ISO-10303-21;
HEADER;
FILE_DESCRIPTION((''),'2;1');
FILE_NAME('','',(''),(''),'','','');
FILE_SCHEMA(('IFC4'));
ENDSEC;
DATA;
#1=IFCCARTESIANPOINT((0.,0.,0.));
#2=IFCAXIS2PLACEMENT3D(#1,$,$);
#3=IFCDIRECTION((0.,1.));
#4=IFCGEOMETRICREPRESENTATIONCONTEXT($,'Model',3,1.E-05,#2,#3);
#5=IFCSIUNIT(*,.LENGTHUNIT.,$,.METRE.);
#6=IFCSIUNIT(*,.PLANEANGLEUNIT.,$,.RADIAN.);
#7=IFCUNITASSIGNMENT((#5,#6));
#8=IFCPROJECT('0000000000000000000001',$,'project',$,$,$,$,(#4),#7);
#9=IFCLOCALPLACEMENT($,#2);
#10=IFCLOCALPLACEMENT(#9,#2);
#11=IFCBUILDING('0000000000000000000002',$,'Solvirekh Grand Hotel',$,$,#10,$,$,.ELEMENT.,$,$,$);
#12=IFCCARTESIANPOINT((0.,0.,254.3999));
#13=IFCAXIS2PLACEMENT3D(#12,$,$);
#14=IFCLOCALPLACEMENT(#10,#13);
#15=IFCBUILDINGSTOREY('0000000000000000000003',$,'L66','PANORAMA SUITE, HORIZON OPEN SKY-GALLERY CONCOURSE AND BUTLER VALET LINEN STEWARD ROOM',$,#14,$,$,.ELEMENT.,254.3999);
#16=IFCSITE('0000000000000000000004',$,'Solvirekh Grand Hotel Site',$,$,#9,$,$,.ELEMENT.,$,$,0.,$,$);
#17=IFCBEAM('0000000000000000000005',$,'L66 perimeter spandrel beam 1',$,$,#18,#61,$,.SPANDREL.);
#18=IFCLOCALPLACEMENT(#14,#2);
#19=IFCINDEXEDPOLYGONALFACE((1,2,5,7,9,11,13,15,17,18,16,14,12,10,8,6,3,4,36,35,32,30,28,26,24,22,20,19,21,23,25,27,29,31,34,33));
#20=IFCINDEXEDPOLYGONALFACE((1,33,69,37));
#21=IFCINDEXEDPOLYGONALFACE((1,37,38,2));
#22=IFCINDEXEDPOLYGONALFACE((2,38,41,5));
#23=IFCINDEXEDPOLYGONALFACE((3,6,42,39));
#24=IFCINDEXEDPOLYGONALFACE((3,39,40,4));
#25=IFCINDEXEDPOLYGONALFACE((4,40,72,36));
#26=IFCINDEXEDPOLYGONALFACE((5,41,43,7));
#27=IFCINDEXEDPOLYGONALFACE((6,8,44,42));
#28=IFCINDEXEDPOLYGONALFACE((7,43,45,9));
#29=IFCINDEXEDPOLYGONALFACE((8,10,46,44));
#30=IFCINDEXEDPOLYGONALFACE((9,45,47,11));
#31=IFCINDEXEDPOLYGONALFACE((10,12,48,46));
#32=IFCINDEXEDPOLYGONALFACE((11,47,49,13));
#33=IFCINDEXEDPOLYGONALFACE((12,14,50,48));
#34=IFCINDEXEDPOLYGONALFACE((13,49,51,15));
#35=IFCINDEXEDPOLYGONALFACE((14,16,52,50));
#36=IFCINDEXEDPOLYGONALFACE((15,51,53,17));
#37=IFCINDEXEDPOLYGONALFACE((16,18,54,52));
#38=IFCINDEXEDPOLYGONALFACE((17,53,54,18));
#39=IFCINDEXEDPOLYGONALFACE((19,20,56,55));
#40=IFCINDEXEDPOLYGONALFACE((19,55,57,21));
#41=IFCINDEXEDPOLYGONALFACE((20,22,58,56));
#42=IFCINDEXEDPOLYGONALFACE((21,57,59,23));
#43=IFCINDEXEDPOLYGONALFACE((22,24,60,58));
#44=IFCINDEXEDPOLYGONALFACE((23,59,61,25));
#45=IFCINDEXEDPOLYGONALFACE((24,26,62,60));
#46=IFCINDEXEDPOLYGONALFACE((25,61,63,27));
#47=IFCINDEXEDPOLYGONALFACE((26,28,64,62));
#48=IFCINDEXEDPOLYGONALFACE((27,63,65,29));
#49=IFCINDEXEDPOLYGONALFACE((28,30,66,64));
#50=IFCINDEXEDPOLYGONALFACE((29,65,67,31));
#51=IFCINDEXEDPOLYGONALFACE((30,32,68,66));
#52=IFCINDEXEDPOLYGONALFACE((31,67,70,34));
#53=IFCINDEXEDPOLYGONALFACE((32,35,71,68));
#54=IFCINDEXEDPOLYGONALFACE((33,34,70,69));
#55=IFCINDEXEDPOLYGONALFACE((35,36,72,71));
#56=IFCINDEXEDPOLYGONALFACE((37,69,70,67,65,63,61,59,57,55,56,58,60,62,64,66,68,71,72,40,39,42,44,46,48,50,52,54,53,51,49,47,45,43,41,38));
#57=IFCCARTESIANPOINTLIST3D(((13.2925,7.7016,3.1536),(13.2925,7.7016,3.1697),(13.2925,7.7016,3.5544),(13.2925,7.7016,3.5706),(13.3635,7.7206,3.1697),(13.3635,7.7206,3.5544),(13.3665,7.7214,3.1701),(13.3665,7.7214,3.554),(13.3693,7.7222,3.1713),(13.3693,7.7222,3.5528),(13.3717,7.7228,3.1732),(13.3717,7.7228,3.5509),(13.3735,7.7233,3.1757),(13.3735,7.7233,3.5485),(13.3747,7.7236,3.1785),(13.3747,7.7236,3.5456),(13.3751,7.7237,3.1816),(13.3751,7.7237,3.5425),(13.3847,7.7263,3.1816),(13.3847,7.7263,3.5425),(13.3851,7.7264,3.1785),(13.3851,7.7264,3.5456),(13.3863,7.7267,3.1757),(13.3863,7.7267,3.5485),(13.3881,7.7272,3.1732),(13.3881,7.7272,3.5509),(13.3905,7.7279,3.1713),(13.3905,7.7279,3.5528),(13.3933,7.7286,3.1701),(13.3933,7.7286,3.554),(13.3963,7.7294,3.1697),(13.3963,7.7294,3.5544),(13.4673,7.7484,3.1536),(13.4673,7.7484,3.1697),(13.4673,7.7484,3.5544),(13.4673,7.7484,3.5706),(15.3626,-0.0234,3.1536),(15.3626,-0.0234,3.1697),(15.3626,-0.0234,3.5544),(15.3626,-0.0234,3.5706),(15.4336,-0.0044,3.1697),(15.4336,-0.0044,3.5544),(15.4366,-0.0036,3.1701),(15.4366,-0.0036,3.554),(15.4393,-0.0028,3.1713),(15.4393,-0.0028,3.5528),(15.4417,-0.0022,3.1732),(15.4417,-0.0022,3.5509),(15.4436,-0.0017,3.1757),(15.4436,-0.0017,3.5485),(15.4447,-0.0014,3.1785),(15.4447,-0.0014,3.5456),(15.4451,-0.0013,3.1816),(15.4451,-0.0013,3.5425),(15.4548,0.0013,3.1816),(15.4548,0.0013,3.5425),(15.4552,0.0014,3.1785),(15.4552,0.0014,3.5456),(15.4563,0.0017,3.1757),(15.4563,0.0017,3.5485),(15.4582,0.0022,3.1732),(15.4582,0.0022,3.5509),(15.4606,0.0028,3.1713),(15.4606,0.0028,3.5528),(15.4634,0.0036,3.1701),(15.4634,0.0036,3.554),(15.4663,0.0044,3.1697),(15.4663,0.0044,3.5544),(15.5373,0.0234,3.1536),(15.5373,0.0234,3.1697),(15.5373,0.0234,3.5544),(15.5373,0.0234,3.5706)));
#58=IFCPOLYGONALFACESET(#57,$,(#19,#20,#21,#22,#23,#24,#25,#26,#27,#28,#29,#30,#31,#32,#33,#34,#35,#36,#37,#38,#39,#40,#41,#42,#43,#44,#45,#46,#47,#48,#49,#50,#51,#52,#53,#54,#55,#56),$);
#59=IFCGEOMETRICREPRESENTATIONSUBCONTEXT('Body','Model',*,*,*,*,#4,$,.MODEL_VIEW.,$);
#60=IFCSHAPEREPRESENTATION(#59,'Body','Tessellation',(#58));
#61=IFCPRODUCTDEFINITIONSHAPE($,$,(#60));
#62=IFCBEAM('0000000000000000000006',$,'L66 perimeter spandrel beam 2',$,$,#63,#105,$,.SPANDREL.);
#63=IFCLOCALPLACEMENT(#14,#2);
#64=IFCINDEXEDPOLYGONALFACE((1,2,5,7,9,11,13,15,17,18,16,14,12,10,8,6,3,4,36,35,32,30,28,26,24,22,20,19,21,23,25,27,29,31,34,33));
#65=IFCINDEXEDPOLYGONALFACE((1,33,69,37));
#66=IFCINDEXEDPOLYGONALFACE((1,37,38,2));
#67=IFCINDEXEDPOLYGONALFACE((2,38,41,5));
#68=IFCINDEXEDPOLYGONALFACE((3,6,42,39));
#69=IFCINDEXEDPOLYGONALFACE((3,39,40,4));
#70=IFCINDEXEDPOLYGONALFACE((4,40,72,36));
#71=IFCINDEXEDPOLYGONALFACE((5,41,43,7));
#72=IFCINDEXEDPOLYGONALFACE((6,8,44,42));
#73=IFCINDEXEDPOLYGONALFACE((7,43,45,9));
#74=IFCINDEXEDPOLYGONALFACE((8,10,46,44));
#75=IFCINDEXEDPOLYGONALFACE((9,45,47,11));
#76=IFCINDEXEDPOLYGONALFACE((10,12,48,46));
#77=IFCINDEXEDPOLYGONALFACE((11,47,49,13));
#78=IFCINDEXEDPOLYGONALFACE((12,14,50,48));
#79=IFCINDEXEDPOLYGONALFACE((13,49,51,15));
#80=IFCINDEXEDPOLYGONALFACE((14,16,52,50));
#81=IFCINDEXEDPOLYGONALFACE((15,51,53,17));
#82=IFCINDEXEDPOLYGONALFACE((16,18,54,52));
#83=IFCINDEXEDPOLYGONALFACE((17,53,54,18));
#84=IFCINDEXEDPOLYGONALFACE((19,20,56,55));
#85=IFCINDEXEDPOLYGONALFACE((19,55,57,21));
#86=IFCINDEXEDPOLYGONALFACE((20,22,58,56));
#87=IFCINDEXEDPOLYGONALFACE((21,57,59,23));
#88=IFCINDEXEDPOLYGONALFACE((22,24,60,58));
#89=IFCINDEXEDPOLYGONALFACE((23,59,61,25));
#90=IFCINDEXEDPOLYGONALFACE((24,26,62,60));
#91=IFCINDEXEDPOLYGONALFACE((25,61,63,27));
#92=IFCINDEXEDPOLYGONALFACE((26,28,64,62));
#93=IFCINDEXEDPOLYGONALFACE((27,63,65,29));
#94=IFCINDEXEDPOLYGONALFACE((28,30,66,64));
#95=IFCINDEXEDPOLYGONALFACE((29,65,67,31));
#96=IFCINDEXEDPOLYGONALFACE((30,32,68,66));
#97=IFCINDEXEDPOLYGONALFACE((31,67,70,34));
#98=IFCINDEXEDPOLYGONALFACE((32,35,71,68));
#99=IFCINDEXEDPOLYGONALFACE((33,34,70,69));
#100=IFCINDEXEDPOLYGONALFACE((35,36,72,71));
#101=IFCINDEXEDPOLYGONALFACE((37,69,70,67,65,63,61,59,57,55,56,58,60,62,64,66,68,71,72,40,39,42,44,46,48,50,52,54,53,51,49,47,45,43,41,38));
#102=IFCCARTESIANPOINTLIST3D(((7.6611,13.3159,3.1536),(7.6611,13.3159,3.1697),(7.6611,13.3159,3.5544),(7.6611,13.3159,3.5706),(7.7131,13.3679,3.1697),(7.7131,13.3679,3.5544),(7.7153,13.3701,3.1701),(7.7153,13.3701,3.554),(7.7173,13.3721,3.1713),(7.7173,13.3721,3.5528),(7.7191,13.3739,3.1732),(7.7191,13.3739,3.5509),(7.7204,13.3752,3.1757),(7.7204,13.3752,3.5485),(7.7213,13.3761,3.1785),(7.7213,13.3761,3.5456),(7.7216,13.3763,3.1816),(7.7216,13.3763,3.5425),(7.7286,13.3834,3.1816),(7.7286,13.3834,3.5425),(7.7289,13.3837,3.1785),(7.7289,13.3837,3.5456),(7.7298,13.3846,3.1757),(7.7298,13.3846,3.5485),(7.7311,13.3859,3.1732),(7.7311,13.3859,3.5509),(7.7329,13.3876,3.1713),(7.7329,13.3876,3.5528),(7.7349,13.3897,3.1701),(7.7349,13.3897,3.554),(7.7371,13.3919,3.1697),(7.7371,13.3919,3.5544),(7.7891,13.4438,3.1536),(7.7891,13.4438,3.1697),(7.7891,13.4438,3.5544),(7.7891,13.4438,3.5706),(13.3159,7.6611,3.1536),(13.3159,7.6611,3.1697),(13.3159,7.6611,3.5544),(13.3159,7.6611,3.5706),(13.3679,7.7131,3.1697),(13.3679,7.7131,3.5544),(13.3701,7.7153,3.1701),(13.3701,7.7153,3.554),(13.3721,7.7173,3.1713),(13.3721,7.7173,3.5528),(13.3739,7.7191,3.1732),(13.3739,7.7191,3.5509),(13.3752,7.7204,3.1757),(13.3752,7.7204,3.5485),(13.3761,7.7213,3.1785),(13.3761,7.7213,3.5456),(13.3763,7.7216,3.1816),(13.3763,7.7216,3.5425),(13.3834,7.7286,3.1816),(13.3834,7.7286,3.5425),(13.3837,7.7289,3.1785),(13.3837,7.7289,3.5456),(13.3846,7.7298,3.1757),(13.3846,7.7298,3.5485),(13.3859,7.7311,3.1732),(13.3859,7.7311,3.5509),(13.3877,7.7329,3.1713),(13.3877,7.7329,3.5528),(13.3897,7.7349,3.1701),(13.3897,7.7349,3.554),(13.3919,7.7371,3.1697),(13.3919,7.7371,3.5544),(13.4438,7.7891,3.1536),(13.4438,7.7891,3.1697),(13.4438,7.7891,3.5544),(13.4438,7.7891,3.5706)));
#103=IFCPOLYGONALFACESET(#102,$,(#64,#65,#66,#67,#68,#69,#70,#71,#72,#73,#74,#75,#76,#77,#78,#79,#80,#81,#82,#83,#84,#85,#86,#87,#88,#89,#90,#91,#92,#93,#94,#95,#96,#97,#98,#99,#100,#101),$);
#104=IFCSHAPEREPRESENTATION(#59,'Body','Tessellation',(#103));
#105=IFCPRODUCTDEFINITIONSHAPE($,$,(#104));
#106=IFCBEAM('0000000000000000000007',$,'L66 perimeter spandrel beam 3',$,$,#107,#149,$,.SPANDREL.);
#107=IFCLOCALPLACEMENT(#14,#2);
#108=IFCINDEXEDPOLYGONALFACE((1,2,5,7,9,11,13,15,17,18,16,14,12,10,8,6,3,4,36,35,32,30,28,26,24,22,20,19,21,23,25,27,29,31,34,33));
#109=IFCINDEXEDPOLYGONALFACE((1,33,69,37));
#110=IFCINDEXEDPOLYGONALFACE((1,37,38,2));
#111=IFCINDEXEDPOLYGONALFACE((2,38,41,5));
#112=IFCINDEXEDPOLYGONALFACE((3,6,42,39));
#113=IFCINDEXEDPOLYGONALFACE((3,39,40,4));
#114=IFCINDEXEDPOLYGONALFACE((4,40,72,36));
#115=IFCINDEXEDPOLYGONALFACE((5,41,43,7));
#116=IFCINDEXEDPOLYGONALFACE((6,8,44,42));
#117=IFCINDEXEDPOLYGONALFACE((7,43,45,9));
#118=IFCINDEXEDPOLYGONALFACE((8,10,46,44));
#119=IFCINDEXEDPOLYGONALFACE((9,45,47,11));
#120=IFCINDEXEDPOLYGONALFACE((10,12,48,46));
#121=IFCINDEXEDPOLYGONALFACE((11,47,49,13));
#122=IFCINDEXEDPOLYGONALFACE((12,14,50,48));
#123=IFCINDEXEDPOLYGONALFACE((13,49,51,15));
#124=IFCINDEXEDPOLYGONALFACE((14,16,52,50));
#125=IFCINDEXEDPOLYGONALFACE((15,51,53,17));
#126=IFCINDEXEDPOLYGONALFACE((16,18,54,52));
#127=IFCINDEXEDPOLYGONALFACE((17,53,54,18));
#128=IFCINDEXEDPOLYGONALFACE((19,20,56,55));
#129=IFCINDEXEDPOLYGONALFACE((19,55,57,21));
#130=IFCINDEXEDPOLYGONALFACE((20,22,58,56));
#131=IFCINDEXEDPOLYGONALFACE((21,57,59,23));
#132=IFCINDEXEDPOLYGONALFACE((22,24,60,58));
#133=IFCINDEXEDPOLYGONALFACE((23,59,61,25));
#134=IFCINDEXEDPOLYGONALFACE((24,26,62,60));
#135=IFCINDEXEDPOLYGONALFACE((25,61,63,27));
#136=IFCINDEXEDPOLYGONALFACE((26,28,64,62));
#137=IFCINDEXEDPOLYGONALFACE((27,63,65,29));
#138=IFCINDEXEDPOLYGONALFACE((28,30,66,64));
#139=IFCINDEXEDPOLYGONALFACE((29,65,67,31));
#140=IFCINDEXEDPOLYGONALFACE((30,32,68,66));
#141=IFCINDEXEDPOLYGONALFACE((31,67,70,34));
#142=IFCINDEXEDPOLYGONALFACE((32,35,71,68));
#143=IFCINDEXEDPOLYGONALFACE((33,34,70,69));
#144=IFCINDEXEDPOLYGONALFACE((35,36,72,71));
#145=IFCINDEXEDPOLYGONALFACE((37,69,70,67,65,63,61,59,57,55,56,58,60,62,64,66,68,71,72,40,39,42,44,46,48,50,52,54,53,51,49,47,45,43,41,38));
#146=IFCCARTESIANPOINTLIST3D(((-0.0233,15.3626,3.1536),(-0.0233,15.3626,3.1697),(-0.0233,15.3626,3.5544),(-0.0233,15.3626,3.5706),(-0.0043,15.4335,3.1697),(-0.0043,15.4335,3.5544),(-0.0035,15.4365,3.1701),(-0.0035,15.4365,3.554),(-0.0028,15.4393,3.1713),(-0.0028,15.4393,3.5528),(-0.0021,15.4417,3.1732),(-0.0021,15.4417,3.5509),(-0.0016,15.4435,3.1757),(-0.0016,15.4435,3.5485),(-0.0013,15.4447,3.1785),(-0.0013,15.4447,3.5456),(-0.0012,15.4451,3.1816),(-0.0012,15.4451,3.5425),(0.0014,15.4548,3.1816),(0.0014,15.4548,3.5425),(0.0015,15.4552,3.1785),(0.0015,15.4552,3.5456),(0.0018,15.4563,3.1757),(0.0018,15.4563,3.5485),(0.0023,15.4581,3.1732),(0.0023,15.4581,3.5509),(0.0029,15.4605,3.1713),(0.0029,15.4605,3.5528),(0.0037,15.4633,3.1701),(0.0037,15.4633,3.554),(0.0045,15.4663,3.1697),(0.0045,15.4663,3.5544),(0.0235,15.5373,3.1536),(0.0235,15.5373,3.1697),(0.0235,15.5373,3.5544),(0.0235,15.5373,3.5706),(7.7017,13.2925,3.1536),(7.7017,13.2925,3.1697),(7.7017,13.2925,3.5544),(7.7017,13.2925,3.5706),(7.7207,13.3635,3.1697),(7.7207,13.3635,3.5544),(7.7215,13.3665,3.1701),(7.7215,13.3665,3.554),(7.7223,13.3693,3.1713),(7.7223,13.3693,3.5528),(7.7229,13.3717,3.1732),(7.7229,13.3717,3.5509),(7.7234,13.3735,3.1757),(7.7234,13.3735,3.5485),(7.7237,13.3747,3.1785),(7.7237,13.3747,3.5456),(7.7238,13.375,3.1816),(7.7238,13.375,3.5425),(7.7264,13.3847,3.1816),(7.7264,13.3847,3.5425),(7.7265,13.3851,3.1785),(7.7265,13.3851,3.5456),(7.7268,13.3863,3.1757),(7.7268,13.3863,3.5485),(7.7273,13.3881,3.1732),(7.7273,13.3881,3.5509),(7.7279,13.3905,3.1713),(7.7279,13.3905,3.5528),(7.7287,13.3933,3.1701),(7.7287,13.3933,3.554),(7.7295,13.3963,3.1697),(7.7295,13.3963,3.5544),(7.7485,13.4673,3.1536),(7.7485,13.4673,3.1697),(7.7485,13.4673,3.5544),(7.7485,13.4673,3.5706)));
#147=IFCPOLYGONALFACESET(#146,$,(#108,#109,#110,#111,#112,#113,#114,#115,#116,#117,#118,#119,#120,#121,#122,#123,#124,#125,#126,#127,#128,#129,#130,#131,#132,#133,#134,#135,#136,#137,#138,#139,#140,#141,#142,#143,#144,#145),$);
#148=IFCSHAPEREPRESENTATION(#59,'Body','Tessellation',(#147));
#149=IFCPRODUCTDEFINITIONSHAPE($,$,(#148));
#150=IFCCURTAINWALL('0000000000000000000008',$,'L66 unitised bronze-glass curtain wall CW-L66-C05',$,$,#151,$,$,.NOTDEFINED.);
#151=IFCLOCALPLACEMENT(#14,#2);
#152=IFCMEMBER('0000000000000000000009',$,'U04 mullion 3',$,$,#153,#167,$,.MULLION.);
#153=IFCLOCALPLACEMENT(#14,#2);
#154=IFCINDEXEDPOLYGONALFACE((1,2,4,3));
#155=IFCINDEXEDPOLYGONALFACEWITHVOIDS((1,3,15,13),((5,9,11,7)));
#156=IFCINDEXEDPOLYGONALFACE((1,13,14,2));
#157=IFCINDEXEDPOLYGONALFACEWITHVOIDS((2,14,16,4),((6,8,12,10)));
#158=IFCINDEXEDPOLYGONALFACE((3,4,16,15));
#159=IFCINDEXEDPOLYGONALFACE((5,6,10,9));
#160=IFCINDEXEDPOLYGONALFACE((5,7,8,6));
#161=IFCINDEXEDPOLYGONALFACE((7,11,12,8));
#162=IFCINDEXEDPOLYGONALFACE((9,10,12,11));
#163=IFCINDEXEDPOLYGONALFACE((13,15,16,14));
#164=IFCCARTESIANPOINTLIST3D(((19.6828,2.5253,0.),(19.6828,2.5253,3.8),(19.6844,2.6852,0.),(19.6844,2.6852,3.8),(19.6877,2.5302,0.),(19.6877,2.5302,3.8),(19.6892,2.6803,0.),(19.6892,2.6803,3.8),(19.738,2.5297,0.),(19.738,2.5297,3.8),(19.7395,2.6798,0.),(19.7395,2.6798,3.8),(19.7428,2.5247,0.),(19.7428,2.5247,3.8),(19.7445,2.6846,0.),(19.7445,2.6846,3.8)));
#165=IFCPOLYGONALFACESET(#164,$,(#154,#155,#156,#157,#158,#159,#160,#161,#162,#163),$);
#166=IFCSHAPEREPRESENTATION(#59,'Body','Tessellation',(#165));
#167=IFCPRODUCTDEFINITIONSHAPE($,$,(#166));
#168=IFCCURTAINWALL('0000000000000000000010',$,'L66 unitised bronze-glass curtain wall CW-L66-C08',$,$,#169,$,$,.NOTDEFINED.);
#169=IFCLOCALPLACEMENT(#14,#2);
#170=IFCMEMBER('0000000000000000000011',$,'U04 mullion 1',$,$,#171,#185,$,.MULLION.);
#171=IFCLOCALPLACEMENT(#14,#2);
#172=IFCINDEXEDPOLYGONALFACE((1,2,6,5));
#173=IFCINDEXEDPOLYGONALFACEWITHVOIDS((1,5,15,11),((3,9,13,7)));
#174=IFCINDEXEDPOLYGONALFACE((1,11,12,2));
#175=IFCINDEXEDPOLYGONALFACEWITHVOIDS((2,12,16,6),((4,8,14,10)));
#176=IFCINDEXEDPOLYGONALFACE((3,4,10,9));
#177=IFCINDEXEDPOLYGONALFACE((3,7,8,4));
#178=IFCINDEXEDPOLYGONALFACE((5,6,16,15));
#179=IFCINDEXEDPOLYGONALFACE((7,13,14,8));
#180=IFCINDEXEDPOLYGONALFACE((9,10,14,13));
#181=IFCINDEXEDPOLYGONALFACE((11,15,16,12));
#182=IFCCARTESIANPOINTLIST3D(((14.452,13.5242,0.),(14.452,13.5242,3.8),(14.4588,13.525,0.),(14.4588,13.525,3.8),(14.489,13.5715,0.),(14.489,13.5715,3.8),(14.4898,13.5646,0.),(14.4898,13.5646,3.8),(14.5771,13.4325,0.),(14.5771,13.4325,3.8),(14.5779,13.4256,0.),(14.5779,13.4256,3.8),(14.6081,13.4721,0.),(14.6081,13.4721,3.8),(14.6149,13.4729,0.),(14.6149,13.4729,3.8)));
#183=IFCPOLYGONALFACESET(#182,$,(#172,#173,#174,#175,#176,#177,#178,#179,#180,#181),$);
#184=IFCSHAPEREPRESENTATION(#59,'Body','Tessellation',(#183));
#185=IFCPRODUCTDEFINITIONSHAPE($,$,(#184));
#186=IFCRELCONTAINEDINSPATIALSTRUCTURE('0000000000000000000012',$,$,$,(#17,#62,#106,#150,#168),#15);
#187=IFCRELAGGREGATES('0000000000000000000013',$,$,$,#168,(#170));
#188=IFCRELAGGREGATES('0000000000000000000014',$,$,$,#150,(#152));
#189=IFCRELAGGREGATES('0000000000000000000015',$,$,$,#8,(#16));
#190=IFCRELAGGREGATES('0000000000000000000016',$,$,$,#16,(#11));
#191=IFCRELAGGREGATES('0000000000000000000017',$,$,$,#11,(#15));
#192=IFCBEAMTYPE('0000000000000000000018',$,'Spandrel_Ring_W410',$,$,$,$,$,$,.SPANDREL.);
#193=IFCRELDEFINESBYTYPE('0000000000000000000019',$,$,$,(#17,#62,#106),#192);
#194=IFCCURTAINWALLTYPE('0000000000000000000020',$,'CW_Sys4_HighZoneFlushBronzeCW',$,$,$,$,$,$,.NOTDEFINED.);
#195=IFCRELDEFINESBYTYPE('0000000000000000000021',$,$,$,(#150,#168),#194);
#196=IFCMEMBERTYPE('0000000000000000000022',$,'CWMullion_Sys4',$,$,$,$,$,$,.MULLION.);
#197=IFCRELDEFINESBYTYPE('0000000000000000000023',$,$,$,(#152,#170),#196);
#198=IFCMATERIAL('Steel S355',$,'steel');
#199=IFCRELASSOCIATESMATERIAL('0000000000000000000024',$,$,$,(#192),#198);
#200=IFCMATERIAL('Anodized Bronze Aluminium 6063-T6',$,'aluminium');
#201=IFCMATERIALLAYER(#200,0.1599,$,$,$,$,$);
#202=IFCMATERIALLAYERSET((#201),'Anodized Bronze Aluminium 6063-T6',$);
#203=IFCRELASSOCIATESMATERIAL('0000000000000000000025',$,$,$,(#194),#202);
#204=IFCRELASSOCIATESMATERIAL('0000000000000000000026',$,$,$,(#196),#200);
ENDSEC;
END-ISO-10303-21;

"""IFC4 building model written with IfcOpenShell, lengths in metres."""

from ifc_helpers import new_model, si_unit, direction, frame, origin, origin_2d, place, context, subcontext, project, spatial, hollow_rectangle, i_section, extrude, source, transform, mapped, material, layer, layer_set, material_profile, profile_set, type_object, element, aggregate, save


model = new_model("IFC4")

# Units and contexts
model_context = context("Model", 3, precision=1e-05, world=origin(), true_north=direction((0.0, 1.0)))
body_context = subcontext(model_context, "Body", "Model", "MODEL_VIEW")
ifc_project = project(units=[si_unit("LENGTHUNIT", "METRE"), si_unit("PLANEANGLEUNIT", "RADIAN")], contexts=[model_context])

# Site, building, storey
site_placement = place(None, origin())
site = spatial("IfcSite", under=ifc_project, at=site_placement, Name="Solvirekh Grand Hotel Site", CompositionType="ELEMENT", RefElevation=0.0)
building_placement = place(site_placement, origin())
building = spatial("IfcBuilding", under=site, at=building_placement, Name="Solvirekh Grand Hotel", CompositionType="ELEMENT")
storey_placement = place(building_placement, frame((0.0, 0.0, 254.3999)))
storey = spatial("IfcBuildingStorey", under=building, at=storey_placement, Name="L66", Description="PANORAMA SUITE, HORIZON OPEN SKY-GALLERY CONCOURSE AND BUTLER VALET LINEN STEWARD ROOM", CompositionType="ELEMENT", Elevation=254.3999)

# Beams
ifc_material_1 = material(Name="Steel S355", Category="steel")
ifc_material_profile_1 = material_profile(ifc_material_1, i_section(OverallWidth=0.1809, OverallDepth=0.417, WebThickness=0.01, FlangeThickness=0.0161, FilletRadius=0.012, at=origin_2d()), Name="W410X85")
ifc_profile_set_1 = profile_set([ifc_material_profile_1], Name="Steel S355")
beam_type_1 = type_object("IfcBeamType", Name="Spandrel_Ring_W410", PredefinedType="SPANDREL", material=ifc_profile_set_1)
beam_1_placement = place(storey_placement, frame((15.45, 0.0, 3.3621), z_axis=(-0.258835, 0.965922, 0.0), x_axis=(-0.965922, -0.258835, 0.0)))
element("IfcBeam", 1, at=beam_1_placement, inside=storey, type_object=beam_type_1, Name="L66 perimeter spandrel beam 1", PredefinedType="SPANDREL", context=body_context, shape_type="SweptSolid", body=[
    extrude(i_section(OverallWidth=0.1809, OverallDepth=0.417, WebThickness=0.01, FlangeThickness=0.0161, FilletRadius=0.012, at=origin_2d()), origin(), (0.0, 0.0, 1.0), 7.9976),
])
beam_2_placement = place(storey_placement, frame((13.3799, 7.7251, 3.3621), z_axis=(-0.707107, 0.707107, 0.0), x_axis=(-0.707107, -0.707107, 0.0)))
element("IfcBeam", 2, at=beam_2_placement, inside=storey, type_object=beam_type_1, Name="L66 perimeter spandrel beam 2", PredefinedType="SPANDREL", context=body_context, shape_type="SweptSolid", body=[
    extrude(i_section(OverallWidth=0.1809, OverallDepth=0.417, WebThickness=0.01, FlangeThickness=0.0161, FilletRadius=0.012, at=origin_2d()), origin(), (0.0, 0.0, 1.0), 7.9971),
])
beam_3_placement = place(storey_placement, frame((7.7251, 13.3799, 3.3621), z_axis=(-0.965922, 0.258835, 0.0), x_axis=(-0.258835, -0.965922, 0.0)))
element("IfcBeam", 3, at=beam_3_placement, inside=storey, type_object=beam_type_1, Name="L66 perimeter spandrel beam 3", PredefinedType="SPANDREL", context=body_context, shape_type="SweptSolid", body=[
    extrude(i_section(OverallWidth=0.1809, OverallDepth=0.417, WebThickness=0.01, FlangeThickness=0.0161, FilletRadius=0.012, at=origin_2d()), origin(), (0.0, 0.0, 1.0), 7.9976),
])

# Curtain wall, member
ifc_material_2 = material(Name="Anodized Bronze Aluminium 6063-T6", Category="aluminium")
ifc_layer_1 = layer(ifc_material_2, 0.1599)
ifc_layer_set_1 = layer_set([ifc_layer_1], Name="Anodized Bronze Aluminium 6063-T6")
curtain_wall_type = type_object("IfcCurtainWallType", Name="CW_Sys4_HighZoneFlushBronzeCW", PredefinedType="NOTDEFINED", material=ifc_layer_set_1)
curtain_wall_1_placement = place(storey_placement, origin())
curtain_wall_1 = element("IfcCurtainWall", 4, at=curtain_wall_1_placement, inside=storey, type_object=curtain_wall_type, Name="L66 unitised bronze-glass curtain wall CW-L66-C05", PredefinedType="NOTDEFINED")
ifc_material_profile_2 = material_profile(ifc_material_2, hollow_rectangle(XDim=0.0601, YDim=0.1599, WallThickness=0.0049, at=origin_2d()), Name="ALU RHS 160X60X5")
ifc_profile_set_2 = profile_set([ifc_material_profile_2], Name="Anodized Bronze Aluminium 6063-T6")
member_type_1 = type_object("IfcMemberType", Name="CWMullion_Sys4", PredefinedType="MULLION", material=ifc_profile_set_2)
shared_shape_1 = source(origin(), body_context, "Body", "SweptSolid", [
    extrude(hollow_rectangle(XDim=0.0601, YDim=0.1599, WallThickness=0.0049, at=origin_2d()), origin(), (0.0, 0.0, 1.0), 3.8),
])
member_1_placement = place(storey_placement, frame((19.7136, 2.605, 0.0), z_axis=(0.0, 0.0, 1.0), x_axis=(-0.999948, 0.010172, 0.0)))
member_1 = element("IfcMember", 5, at=member_1_placement, type_object=member_type_1, Name="U04 mullion 3", PredefinedType="MULLION", context=body_context, shape_type="MappedRepresentation", body=[
    mapped(shared_shape_1, transform((0.0, 0.0, 0.0), x_axis=(1.0, 0.0, 0.0), y_axis=(0.0, 1.0, 0.0), z_axis=(0.0, 0.0, 1.0), scale=1.0)),
])

# Curtain wall, member
curtain_wall_2_placement = place(storey_placement, origin())
curtain_wall_2 = element("IfcCurtainWall", 6, at=curtain_wall_2_placement, inside=storey, type_object=curtain_wall_type, Name="L66 unitised bronze-glass curtain wall CW-L66-C08", PredefinedType="NOTDEFINED")
member_2_placement = place(storey_placement, frame((14.5334, 13.4985, 0.0), z_axis=(0.0, 0.0, 1.0), x_axis=(-0.616263, -0.78754, 0.0)))
member_2 = element("IfcMember", 7, at=member_2_placement, type_object=member_type_1, Name="U04 mullion 1", PredefinedType="MULLION", context=body_context, shape_type="MappedRepresentation", body=[
    mapped(shared_shape_1, transform((0.0, 0.0, 0.0), x_axis=(1.0, 0.0, 0.0), y_axis=(0.0, 1.0, 0.0), z_axis=(0.0, 0.0, 1.0), scale=1.0)),
])
aggregate(curtain_wall_2, [member_2])

aggregate(curtain_wall_1, [member_1])

save(model, "model.ifc")
